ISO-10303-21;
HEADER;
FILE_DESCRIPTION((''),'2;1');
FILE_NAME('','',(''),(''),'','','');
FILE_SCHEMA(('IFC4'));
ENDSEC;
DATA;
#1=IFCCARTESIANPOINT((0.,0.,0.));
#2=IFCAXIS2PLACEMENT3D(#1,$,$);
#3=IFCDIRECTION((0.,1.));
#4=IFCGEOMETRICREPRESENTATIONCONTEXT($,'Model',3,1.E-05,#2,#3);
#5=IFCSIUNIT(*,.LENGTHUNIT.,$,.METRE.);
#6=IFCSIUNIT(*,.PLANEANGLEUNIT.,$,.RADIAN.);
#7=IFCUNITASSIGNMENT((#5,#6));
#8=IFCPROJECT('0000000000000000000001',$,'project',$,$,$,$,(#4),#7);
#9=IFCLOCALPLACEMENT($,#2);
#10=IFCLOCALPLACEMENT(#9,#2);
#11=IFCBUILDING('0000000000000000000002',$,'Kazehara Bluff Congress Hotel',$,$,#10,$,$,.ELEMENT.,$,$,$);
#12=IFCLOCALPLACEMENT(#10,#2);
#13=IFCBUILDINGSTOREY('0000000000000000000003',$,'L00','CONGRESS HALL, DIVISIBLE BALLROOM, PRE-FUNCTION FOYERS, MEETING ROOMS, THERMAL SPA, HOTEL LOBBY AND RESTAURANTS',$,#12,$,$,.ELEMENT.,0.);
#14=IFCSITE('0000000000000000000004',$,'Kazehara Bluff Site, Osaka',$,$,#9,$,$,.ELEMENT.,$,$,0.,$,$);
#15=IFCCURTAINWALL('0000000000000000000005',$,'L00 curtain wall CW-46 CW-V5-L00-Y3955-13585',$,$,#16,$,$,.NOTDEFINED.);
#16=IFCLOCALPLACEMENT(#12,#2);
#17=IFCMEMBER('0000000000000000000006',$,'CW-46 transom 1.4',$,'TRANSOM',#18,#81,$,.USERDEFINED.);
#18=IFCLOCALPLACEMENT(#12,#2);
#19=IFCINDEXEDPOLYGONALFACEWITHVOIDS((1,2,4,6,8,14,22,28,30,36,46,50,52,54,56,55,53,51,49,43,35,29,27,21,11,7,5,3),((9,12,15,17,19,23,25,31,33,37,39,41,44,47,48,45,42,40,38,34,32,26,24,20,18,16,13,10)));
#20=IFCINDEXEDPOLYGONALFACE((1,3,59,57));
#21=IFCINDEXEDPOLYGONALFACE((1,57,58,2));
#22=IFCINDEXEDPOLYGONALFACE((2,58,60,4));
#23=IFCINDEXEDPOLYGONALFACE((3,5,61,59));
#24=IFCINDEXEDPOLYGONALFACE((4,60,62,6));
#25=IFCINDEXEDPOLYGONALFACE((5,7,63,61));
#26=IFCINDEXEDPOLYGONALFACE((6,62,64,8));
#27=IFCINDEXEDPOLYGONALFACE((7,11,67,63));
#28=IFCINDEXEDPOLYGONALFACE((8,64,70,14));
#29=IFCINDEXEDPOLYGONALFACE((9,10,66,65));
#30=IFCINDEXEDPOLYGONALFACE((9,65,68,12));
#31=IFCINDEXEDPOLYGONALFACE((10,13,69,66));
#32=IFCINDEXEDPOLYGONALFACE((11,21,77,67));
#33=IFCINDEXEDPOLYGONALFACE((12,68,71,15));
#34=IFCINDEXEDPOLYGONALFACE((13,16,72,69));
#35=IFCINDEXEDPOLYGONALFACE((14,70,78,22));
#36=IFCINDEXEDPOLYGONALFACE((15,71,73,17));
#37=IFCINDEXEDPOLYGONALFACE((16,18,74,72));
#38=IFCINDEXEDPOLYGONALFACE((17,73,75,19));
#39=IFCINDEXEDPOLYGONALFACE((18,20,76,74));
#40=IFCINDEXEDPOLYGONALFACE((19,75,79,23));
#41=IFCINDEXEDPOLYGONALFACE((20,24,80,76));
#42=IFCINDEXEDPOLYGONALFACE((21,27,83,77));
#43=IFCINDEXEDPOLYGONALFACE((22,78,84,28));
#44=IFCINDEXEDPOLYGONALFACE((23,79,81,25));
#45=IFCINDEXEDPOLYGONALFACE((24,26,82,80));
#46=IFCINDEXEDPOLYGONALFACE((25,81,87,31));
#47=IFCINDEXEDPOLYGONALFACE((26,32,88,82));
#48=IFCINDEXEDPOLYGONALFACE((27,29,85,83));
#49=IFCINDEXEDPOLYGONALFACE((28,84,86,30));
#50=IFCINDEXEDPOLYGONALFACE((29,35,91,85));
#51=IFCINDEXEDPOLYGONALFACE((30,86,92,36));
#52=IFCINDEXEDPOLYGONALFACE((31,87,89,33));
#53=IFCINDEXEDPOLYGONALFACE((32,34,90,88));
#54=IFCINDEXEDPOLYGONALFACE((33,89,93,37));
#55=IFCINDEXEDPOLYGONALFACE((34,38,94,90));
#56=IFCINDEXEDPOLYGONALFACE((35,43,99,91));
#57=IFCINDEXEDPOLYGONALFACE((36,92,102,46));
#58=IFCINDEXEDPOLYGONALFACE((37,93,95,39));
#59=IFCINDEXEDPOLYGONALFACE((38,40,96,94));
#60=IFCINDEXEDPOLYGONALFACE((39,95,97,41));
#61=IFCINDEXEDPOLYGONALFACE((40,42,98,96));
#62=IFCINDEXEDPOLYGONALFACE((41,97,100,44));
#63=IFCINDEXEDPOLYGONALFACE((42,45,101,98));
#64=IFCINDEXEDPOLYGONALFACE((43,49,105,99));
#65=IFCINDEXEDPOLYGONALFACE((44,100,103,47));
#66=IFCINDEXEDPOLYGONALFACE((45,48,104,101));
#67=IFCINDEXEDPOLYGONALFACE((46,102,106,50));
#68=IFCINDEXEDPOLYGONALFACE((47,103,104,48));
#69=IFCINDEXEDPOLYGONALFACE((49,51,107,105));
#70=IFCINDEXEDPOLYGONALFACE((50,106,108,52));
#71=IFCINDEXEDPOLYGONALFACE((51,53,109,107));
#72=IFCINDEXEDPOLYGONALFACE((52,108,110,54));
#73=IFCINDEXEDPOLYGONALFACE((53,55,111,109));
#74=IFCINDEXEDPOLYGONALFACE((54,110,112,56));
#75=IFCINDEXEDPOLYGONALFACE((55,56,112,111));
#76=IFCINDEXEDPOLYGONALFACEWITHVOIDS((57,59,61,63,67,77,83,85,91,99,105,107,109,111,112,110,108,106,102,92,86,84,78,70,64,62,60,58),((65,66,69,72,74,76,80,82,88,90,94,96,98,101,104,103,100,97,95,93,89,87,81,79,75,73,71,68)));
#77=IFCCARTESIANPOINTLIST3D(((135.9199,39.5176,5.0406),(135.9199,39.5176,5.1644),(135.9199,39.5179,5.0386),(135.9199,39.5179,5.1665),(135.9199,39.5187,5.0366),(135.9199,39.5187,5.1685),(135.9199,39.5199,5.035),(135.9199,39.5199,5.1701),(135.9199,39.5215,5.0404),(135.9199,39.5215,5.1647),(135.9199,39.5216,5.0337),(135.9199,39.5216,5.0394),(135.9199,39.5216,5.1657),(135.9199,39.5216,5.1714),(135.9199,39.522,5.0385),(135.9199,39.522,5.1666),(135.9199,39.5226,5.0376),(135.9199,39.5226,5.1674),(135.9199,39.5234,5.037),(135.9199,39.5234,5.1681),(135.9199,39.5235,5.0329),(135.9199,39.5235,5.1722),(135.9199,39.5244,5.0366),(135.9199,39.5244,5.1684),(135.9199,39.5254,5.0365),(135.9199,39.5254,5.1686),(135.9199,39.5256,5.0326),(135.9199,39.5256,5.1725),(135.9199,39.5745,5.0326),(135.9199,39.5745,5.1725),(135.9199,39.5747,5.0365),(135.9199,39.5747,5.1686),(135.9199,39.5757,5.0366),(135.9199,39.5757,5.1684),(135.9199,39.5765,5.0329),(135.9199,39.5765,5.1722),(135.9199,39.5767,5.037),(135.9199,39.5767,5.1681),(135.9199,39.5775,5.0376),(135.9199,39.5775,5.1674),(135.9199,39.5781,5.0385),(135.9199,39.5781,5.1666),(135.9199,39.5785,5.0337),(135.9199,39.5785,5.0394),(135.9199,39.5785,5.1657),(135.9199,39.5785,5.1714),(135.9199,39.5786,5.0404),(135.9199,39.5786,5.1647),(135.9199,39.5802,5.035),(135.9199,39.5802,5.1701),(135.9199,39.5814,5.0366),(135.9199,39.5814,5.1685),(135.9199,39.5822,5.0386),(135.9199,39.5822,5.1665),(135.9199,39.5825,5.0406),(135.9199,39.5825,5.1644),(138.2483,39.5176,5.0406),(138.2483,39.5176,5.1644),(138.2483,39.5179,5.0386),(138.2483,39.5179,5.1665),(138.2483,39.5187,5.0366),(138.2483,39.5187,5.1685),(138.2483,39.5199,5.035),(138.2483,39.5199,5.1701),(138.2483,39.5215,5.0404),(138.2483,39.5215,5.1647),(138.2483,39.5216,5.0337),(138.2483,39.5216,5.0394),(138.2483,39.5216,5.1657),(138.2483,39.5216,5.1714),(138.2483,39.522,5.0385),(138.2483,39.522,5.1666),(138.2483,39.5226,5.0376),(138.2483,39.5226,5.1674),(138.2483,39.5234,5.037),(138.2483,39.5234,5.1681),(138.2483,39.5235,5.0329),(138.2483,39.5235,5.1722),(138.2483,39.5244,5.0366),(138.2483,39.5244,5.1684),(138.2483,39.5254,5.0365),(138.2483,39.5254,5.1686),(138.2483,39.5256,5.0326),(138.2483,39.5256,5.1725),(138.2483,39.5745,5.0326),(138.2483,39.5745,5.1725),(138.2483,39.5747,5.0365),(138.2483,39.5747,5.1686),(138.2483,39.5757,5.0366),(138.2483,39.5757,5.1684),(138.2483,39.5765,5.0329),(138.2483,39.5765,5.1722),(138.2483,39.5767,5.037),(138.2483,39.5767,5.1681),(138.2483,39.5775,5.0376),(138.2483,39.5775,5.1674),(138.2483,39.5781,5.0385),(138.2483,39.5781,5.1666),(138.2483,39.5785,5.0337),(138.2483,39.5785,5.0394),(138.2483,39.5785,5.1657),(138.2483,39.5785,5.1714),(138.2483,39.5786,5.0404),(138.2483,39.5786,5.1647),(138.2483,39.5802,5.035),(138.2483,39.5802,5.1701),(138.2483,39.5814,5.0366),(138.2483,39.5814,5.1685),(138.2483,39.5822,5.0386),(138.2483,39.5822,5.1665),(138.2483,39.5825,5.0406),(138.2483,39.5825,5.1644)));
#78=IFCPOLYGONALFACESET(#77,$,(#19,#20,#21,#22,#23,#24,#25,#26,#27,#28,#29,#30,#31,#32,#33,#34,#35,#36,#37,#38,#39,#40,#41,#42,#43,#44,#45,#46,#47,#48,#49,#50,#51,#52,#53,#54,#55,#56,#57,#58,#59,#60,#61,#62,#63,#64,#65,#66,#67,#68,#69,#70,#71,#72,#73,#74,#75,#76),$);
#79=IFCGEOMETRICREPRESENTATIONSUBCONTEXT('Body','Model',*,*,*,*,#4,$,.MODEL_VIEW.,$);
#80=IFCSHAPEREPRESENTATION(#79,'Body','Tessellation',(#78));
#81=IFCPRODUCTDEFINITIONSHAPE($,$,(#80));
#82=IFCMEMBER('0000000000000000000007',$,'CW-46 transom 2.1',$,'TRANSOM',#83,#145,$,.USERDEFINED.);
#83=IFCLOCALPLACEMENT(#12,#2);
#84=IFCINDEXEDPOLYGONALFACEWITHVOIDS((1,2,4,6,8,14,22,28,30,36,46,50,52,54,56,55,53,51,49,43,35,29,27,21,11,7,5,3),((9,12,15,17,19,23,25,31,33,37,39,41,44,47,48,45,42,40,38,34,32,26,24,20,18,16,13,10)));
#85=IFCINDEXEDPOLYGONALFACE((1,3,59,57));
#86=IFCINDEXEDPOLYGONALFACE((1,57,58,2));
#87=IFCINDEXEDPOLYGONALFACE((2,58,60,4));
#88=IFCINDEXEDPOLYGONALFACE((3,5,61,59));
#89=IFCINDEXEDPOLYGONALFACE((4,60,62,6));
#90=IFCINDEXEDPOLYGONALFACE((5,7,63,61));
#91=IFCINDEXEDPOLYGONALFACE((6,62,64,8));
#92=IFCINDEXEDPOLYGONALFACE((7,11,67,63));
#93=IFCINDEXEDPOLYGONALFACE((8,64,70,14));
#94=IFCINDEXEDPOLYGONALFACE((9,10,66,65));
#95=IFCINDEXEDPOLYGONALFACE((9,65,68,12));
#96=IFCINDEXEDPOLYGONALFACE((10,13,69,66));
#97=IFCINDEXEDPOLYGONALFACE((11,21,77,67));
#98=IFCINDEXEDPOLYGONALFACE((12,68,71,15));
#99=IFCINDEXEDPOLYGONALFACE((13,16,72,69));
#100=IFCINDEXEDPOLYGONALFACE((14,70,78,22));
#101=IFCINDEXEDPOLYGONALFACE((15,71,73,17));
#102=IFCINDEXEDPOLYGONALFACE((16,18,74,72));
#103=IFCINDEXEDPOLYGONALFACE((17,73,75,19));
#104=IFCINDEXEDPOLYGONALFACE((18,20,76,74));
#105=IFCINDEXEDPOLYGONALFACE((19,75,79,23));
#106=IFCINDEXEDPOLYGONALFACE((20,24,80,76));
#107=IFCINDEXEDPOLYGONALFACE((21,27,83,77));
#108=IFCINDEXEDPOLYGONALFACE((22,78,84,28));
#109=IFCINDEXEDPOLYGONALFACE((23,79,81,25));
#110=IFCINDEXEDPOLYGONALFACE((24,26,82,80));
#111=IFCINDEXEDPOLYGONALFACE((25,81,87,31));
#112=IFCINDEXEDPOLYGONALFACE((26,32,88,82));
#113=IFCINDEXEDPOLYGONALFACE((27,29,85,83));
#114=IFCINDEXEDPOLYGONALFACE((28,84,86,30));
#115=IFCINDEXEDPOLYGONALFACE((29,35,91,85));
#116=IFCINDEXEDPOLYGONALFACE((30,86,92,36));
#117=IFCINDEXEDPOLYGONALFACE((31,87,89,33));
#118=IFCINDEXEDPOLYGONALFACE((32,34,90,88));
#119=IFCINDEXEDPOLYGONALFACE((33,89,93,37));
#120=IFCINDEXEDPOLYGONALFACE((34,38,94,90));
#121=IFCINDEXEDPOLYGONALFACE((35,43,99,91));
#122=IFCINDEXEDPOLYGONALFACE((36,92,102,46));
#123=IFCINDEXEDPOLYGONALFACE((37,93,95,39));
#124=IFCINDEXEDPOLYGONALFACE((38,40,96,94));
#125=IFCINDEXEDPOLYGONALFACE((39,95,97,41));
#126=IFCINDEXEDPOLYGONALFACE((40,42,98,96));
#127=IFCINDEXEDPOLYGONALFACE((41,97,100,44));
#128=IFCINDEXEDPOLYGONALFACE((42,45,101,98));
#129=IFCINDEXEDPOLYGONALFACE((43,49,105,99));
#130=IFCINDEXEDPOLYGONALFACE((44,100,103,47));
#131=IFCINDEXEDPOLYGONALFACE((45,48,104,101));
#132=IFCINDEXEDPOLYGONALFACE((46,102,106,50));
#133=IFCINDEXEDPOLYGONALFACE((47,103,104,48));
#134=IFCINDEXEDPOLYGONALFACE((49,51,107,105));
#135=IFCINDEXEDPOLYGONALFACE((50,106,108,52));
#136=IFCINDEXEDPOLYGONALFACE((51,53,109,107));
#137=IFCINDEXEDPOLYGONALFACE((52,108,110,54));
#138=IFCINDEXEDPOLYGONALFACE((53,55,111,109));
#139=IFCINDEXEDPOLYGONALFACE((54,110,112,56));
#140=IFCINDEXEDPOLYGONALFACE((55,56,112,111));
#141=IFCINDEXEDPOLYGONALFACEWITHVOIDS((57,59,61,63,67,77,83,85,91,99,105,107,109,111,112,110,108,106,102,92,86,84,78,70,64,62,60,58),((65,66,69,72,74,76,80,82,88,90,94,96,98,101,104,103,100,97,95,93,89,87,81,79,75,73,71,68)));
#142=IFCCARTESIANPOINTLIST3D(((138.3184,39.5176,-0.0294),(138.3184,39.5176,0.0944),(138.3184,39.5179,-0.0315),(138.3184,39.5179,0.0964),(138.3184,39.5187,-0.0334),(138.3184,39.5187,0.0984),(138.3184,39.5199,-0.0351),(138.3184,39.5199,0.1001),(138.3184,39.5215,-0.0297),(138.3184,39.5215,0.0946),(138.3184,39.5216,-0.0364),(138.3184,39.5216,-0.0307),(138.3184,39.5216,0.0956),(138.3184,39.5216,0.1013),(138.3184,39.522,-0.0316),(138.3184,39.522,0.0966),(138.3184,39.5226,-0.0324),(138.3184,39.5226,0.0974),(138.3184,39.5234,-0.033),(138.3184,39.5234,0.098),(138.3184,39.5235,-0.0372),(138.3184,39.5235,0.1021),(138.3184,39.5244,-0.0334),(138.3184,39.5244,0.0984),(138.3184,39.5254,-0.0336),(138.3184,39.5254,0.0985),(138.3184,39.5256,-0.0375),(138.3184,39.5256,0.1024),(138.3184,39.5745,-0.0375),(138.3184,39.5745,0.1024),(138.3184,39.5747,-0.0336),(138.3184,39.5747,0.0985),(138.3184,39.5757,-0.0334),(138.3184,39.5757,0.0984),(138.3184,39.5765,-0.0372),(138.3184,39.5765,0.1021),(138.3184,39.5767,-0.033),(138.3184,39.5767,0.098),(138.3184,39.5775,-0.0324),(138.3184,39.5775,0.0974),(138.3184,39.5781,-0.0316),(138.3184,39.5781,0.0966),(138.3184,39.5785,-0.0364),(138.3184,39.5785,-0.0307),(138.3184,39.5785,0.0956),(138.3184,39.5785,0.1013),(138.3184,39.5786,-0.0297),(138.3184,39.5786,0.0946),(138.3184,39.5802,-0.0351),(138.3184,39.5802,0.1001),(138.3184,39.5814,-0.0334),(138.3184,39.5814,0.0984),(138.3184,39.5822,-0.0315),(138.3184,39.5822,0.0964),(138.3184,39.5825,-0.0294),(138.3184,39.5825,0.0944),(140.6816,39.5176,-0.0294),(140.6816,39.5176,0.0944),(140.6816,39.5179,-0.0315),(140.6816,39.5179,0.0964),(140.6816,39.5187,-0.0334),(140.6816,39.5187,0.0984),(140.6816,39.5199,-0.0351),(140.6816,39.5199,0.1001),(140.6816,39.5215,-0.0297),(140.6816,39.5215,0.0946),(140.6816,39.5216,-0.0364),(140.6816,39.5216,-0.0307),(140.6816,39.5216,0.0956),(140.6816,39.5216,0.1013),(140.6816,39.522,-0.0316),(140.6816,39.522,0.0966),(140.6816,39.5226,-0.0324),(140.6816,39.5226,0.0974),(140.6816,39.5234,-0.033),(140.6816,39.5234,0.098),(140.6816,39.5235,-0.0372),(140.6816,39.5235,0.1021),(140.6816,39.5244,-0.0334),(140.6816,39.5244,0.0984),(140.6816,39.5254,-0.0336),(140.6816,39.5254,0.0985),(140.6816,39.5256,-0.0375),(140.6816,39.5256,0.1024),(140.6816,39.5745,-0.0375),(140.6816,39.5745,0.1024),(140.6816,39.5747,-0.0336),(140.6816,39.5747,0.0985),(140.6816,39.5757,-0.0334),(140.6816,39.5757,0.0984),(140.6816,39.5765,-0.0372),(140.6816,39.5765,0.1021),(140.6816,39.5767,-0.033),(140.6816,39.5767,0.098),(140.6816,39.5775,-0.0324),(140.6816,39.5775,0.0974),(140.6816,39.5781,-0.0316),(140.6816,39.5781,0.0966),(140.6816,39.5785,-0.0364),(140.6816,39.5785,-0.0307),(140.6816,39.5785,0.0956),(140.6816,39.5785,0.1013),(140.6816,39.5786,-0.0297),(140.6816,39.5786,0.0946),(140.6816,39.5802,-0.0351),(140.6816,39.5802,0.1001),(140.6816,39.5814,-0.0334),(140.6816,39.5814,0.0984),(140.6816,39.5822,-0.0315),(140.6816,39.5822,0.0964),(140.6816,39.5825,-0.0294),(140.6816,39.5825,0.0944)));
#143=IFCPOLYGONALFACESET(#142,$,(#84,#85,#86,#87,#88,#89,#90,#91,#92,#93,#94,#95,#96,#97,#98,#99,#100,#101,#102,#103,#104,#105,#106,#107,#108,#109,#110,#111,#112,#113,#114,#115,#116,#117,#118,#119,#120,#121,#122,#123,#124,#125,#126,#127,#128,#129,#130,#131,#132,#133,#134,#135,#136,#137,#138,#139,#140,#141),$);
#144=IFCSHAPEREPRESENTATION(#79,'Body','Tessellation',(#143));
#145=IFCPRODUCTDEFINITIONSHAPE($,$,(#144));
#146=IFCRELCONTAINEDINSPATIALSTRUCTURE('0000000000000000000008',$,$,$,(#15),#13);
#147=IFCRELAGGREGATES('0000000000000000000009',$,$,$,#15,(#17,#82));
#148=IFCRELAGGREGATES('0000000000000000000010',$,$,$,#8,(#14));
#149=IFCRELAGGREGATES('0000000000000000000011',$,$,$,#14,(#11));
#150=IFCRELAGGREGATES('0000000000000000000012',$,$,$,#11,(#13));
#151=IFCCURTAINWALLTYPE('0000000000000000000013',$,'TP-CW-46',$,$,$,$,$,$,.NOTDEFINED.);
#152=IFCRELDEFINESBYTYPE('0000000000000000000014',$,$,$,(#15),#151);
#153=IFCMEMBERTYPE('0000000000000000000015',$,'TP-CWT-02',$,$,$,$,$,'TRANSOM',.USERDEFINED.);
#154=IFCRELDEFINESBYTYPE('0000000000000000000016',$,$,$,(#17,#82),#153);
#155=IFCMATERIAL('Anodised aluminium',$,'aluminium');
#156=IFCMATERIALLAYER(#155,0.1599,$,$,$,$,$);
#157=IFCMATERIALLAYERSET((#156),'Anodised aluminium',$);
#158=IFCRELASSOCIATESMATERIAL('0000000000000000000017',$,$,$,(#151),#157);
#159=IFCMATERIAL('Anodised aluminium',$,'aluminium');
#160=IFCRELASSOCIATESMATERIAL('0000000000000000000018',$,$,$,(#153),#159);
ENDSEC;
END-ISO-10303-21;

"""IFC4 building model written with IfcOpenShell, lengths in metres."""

from ifc_helpers import new_model, si_unit, direction, frame, origin, origin_2d, place, context, subcontext, project, spatial, hollow_rectangle, extrude, material, layer, layer_set, material_profile, profile_set, type_object, element, aggregate, save


model = new_model("IFC4")

# Units and contexts
model_context = context("Model", 3, precision=1e-05, world=origin(), true_north=direction((0.0, 1.0)))
body_context = subcontext(model_context, "Body", "Model", "MODEL_VIEW")
ifc_project = project(units=[si_unit("LENGTHUNIT", "METRE"), si_unit("PLANEANGLEUNIT", "RADIAN")], contexts=[model_context])

# Site, building, storey
site_placement = place(None, origin())
site = spatial("IfcSite", under=ifc_project, at=site_placement, Name="Kazehara Bluff Site, Osaka", CompositionType="ELEMENT", RefElevation=0.0)
building_placement = place(site_placement, origin())
building = spatial("IfcBuilding", under=site, at=building_placement, Name="Kazehara Bluff Congress Hotel", CompositionType="ELEMENT")
storey_placement = place(building_placement, origin())
storey = spatial("IfcBuildingStorey", under=building, at=storey_placement, Name="L00", Description="CONGRESS HALL, DIVISIBLE BALLROOM, PRE-FUNCTION FOYERS, MEETING ROOMS, THERMAL SPA, HOTEL LOBBY AND RESTAURANTS", CompositionType="ELEMENT", Elevation=0.0)

# Curtain wall, members
ifc_material_1 = material(Name="Anodised aluminium", Category="aluminium")
ifc_layer_1 = layer(ifc_material_1, 0.1599)
ifc_layer_set_1 = layer_set([ifc_layer_1], Name="Anodised aluminium")
curtain_wall_type = type_object("IfcCurtainWallType", Name="TP-CW-46", PredefinedType="NOTDEFINED", material=ifc_layer_set_1)
curtain_wall_placement = place(storey_placement, origin())
curtain_wall = element("IfcCurtainWall", 1, at=curtain_wall_placement, inside=storey, type_object=curtain_wall_type, Name="L00 curtain wall CW-46 CW-V5-L00-Y3955-13585", PredefinedType="NOTDEFINED")
ifc_material_2 = material(Name="Anodised aluminium", Category="aluminium")
ifc_material_profile_1 = material_profile(ifc_material_2, hollow_rectangle(XDim=0.0649, YDim=0.1399, WallThickness=0.0039, InnerFilletRadius=0.0039, OuterFilletRadius=0.0081, at=origin_2d()))
ifc_profile_set_1 = profile_set([ifc_material_profile_1], Name="Anodised aluminium")
member_type_1 = type_object("IfcMemberType", Name="TP-CWT-02", ElementType="TRANSOM", PredefinedType="USERDEFINED", material=ifc_profile_set_1)
member_1_placement = place(storey_placement, frame((135.9199, 39.55, 5.1025), z_axis=(1.0, 0.0, 0.0), x_axis=(0.0, 1.0, 0.0)))
member_1 = element("IfcMember", 2, at=member_1_placement, type_object=member_type_1, Name="CW-46 transom 1.4", ObjectType="TRANSOM", PredefinedType="USERDEFINED", context=body_context, shape_type="SweptSolid", body=[
    extrude(hollow_rectangle(XDim=0.0649, YDim=0.1399, WallThickness=0.0039, InnerFilletRadius=0.0039, OuterFilletRadius=0.0081, at=origin_2d()), origin(), (0.0, 0.0, 1.0), 2.3284),
])
member_2_placement = place(storey_placement, frame((138.3184, 39.55, 0.0325), z_axis=(1.0, 0.0, 0.0), x_axis=(0.0, 1.0, 0.0)))
member_2 = element("IfcMember", 3, at=member_2_placement, type_object=member_type_1, Name="CW-46 transom 2.1", ObjectType="TRANSOM", PredefinedType="USERDEFINED", context=body_context, shape_type="SweptSolid", body=[
    extrude(hollow_rectangle(XDim=0.0649, YDim=0.1399, WallThickness=0.0039, InnerFilletRadius=0.0039, OuterFilletRadius=0.0081, at=origin_2d()), origin(), (0.0, 0.0, 1.0), 2.3633),
])

aggregate(curtain_wall, [member_1, member_2])

save(model, "model.ifc")
